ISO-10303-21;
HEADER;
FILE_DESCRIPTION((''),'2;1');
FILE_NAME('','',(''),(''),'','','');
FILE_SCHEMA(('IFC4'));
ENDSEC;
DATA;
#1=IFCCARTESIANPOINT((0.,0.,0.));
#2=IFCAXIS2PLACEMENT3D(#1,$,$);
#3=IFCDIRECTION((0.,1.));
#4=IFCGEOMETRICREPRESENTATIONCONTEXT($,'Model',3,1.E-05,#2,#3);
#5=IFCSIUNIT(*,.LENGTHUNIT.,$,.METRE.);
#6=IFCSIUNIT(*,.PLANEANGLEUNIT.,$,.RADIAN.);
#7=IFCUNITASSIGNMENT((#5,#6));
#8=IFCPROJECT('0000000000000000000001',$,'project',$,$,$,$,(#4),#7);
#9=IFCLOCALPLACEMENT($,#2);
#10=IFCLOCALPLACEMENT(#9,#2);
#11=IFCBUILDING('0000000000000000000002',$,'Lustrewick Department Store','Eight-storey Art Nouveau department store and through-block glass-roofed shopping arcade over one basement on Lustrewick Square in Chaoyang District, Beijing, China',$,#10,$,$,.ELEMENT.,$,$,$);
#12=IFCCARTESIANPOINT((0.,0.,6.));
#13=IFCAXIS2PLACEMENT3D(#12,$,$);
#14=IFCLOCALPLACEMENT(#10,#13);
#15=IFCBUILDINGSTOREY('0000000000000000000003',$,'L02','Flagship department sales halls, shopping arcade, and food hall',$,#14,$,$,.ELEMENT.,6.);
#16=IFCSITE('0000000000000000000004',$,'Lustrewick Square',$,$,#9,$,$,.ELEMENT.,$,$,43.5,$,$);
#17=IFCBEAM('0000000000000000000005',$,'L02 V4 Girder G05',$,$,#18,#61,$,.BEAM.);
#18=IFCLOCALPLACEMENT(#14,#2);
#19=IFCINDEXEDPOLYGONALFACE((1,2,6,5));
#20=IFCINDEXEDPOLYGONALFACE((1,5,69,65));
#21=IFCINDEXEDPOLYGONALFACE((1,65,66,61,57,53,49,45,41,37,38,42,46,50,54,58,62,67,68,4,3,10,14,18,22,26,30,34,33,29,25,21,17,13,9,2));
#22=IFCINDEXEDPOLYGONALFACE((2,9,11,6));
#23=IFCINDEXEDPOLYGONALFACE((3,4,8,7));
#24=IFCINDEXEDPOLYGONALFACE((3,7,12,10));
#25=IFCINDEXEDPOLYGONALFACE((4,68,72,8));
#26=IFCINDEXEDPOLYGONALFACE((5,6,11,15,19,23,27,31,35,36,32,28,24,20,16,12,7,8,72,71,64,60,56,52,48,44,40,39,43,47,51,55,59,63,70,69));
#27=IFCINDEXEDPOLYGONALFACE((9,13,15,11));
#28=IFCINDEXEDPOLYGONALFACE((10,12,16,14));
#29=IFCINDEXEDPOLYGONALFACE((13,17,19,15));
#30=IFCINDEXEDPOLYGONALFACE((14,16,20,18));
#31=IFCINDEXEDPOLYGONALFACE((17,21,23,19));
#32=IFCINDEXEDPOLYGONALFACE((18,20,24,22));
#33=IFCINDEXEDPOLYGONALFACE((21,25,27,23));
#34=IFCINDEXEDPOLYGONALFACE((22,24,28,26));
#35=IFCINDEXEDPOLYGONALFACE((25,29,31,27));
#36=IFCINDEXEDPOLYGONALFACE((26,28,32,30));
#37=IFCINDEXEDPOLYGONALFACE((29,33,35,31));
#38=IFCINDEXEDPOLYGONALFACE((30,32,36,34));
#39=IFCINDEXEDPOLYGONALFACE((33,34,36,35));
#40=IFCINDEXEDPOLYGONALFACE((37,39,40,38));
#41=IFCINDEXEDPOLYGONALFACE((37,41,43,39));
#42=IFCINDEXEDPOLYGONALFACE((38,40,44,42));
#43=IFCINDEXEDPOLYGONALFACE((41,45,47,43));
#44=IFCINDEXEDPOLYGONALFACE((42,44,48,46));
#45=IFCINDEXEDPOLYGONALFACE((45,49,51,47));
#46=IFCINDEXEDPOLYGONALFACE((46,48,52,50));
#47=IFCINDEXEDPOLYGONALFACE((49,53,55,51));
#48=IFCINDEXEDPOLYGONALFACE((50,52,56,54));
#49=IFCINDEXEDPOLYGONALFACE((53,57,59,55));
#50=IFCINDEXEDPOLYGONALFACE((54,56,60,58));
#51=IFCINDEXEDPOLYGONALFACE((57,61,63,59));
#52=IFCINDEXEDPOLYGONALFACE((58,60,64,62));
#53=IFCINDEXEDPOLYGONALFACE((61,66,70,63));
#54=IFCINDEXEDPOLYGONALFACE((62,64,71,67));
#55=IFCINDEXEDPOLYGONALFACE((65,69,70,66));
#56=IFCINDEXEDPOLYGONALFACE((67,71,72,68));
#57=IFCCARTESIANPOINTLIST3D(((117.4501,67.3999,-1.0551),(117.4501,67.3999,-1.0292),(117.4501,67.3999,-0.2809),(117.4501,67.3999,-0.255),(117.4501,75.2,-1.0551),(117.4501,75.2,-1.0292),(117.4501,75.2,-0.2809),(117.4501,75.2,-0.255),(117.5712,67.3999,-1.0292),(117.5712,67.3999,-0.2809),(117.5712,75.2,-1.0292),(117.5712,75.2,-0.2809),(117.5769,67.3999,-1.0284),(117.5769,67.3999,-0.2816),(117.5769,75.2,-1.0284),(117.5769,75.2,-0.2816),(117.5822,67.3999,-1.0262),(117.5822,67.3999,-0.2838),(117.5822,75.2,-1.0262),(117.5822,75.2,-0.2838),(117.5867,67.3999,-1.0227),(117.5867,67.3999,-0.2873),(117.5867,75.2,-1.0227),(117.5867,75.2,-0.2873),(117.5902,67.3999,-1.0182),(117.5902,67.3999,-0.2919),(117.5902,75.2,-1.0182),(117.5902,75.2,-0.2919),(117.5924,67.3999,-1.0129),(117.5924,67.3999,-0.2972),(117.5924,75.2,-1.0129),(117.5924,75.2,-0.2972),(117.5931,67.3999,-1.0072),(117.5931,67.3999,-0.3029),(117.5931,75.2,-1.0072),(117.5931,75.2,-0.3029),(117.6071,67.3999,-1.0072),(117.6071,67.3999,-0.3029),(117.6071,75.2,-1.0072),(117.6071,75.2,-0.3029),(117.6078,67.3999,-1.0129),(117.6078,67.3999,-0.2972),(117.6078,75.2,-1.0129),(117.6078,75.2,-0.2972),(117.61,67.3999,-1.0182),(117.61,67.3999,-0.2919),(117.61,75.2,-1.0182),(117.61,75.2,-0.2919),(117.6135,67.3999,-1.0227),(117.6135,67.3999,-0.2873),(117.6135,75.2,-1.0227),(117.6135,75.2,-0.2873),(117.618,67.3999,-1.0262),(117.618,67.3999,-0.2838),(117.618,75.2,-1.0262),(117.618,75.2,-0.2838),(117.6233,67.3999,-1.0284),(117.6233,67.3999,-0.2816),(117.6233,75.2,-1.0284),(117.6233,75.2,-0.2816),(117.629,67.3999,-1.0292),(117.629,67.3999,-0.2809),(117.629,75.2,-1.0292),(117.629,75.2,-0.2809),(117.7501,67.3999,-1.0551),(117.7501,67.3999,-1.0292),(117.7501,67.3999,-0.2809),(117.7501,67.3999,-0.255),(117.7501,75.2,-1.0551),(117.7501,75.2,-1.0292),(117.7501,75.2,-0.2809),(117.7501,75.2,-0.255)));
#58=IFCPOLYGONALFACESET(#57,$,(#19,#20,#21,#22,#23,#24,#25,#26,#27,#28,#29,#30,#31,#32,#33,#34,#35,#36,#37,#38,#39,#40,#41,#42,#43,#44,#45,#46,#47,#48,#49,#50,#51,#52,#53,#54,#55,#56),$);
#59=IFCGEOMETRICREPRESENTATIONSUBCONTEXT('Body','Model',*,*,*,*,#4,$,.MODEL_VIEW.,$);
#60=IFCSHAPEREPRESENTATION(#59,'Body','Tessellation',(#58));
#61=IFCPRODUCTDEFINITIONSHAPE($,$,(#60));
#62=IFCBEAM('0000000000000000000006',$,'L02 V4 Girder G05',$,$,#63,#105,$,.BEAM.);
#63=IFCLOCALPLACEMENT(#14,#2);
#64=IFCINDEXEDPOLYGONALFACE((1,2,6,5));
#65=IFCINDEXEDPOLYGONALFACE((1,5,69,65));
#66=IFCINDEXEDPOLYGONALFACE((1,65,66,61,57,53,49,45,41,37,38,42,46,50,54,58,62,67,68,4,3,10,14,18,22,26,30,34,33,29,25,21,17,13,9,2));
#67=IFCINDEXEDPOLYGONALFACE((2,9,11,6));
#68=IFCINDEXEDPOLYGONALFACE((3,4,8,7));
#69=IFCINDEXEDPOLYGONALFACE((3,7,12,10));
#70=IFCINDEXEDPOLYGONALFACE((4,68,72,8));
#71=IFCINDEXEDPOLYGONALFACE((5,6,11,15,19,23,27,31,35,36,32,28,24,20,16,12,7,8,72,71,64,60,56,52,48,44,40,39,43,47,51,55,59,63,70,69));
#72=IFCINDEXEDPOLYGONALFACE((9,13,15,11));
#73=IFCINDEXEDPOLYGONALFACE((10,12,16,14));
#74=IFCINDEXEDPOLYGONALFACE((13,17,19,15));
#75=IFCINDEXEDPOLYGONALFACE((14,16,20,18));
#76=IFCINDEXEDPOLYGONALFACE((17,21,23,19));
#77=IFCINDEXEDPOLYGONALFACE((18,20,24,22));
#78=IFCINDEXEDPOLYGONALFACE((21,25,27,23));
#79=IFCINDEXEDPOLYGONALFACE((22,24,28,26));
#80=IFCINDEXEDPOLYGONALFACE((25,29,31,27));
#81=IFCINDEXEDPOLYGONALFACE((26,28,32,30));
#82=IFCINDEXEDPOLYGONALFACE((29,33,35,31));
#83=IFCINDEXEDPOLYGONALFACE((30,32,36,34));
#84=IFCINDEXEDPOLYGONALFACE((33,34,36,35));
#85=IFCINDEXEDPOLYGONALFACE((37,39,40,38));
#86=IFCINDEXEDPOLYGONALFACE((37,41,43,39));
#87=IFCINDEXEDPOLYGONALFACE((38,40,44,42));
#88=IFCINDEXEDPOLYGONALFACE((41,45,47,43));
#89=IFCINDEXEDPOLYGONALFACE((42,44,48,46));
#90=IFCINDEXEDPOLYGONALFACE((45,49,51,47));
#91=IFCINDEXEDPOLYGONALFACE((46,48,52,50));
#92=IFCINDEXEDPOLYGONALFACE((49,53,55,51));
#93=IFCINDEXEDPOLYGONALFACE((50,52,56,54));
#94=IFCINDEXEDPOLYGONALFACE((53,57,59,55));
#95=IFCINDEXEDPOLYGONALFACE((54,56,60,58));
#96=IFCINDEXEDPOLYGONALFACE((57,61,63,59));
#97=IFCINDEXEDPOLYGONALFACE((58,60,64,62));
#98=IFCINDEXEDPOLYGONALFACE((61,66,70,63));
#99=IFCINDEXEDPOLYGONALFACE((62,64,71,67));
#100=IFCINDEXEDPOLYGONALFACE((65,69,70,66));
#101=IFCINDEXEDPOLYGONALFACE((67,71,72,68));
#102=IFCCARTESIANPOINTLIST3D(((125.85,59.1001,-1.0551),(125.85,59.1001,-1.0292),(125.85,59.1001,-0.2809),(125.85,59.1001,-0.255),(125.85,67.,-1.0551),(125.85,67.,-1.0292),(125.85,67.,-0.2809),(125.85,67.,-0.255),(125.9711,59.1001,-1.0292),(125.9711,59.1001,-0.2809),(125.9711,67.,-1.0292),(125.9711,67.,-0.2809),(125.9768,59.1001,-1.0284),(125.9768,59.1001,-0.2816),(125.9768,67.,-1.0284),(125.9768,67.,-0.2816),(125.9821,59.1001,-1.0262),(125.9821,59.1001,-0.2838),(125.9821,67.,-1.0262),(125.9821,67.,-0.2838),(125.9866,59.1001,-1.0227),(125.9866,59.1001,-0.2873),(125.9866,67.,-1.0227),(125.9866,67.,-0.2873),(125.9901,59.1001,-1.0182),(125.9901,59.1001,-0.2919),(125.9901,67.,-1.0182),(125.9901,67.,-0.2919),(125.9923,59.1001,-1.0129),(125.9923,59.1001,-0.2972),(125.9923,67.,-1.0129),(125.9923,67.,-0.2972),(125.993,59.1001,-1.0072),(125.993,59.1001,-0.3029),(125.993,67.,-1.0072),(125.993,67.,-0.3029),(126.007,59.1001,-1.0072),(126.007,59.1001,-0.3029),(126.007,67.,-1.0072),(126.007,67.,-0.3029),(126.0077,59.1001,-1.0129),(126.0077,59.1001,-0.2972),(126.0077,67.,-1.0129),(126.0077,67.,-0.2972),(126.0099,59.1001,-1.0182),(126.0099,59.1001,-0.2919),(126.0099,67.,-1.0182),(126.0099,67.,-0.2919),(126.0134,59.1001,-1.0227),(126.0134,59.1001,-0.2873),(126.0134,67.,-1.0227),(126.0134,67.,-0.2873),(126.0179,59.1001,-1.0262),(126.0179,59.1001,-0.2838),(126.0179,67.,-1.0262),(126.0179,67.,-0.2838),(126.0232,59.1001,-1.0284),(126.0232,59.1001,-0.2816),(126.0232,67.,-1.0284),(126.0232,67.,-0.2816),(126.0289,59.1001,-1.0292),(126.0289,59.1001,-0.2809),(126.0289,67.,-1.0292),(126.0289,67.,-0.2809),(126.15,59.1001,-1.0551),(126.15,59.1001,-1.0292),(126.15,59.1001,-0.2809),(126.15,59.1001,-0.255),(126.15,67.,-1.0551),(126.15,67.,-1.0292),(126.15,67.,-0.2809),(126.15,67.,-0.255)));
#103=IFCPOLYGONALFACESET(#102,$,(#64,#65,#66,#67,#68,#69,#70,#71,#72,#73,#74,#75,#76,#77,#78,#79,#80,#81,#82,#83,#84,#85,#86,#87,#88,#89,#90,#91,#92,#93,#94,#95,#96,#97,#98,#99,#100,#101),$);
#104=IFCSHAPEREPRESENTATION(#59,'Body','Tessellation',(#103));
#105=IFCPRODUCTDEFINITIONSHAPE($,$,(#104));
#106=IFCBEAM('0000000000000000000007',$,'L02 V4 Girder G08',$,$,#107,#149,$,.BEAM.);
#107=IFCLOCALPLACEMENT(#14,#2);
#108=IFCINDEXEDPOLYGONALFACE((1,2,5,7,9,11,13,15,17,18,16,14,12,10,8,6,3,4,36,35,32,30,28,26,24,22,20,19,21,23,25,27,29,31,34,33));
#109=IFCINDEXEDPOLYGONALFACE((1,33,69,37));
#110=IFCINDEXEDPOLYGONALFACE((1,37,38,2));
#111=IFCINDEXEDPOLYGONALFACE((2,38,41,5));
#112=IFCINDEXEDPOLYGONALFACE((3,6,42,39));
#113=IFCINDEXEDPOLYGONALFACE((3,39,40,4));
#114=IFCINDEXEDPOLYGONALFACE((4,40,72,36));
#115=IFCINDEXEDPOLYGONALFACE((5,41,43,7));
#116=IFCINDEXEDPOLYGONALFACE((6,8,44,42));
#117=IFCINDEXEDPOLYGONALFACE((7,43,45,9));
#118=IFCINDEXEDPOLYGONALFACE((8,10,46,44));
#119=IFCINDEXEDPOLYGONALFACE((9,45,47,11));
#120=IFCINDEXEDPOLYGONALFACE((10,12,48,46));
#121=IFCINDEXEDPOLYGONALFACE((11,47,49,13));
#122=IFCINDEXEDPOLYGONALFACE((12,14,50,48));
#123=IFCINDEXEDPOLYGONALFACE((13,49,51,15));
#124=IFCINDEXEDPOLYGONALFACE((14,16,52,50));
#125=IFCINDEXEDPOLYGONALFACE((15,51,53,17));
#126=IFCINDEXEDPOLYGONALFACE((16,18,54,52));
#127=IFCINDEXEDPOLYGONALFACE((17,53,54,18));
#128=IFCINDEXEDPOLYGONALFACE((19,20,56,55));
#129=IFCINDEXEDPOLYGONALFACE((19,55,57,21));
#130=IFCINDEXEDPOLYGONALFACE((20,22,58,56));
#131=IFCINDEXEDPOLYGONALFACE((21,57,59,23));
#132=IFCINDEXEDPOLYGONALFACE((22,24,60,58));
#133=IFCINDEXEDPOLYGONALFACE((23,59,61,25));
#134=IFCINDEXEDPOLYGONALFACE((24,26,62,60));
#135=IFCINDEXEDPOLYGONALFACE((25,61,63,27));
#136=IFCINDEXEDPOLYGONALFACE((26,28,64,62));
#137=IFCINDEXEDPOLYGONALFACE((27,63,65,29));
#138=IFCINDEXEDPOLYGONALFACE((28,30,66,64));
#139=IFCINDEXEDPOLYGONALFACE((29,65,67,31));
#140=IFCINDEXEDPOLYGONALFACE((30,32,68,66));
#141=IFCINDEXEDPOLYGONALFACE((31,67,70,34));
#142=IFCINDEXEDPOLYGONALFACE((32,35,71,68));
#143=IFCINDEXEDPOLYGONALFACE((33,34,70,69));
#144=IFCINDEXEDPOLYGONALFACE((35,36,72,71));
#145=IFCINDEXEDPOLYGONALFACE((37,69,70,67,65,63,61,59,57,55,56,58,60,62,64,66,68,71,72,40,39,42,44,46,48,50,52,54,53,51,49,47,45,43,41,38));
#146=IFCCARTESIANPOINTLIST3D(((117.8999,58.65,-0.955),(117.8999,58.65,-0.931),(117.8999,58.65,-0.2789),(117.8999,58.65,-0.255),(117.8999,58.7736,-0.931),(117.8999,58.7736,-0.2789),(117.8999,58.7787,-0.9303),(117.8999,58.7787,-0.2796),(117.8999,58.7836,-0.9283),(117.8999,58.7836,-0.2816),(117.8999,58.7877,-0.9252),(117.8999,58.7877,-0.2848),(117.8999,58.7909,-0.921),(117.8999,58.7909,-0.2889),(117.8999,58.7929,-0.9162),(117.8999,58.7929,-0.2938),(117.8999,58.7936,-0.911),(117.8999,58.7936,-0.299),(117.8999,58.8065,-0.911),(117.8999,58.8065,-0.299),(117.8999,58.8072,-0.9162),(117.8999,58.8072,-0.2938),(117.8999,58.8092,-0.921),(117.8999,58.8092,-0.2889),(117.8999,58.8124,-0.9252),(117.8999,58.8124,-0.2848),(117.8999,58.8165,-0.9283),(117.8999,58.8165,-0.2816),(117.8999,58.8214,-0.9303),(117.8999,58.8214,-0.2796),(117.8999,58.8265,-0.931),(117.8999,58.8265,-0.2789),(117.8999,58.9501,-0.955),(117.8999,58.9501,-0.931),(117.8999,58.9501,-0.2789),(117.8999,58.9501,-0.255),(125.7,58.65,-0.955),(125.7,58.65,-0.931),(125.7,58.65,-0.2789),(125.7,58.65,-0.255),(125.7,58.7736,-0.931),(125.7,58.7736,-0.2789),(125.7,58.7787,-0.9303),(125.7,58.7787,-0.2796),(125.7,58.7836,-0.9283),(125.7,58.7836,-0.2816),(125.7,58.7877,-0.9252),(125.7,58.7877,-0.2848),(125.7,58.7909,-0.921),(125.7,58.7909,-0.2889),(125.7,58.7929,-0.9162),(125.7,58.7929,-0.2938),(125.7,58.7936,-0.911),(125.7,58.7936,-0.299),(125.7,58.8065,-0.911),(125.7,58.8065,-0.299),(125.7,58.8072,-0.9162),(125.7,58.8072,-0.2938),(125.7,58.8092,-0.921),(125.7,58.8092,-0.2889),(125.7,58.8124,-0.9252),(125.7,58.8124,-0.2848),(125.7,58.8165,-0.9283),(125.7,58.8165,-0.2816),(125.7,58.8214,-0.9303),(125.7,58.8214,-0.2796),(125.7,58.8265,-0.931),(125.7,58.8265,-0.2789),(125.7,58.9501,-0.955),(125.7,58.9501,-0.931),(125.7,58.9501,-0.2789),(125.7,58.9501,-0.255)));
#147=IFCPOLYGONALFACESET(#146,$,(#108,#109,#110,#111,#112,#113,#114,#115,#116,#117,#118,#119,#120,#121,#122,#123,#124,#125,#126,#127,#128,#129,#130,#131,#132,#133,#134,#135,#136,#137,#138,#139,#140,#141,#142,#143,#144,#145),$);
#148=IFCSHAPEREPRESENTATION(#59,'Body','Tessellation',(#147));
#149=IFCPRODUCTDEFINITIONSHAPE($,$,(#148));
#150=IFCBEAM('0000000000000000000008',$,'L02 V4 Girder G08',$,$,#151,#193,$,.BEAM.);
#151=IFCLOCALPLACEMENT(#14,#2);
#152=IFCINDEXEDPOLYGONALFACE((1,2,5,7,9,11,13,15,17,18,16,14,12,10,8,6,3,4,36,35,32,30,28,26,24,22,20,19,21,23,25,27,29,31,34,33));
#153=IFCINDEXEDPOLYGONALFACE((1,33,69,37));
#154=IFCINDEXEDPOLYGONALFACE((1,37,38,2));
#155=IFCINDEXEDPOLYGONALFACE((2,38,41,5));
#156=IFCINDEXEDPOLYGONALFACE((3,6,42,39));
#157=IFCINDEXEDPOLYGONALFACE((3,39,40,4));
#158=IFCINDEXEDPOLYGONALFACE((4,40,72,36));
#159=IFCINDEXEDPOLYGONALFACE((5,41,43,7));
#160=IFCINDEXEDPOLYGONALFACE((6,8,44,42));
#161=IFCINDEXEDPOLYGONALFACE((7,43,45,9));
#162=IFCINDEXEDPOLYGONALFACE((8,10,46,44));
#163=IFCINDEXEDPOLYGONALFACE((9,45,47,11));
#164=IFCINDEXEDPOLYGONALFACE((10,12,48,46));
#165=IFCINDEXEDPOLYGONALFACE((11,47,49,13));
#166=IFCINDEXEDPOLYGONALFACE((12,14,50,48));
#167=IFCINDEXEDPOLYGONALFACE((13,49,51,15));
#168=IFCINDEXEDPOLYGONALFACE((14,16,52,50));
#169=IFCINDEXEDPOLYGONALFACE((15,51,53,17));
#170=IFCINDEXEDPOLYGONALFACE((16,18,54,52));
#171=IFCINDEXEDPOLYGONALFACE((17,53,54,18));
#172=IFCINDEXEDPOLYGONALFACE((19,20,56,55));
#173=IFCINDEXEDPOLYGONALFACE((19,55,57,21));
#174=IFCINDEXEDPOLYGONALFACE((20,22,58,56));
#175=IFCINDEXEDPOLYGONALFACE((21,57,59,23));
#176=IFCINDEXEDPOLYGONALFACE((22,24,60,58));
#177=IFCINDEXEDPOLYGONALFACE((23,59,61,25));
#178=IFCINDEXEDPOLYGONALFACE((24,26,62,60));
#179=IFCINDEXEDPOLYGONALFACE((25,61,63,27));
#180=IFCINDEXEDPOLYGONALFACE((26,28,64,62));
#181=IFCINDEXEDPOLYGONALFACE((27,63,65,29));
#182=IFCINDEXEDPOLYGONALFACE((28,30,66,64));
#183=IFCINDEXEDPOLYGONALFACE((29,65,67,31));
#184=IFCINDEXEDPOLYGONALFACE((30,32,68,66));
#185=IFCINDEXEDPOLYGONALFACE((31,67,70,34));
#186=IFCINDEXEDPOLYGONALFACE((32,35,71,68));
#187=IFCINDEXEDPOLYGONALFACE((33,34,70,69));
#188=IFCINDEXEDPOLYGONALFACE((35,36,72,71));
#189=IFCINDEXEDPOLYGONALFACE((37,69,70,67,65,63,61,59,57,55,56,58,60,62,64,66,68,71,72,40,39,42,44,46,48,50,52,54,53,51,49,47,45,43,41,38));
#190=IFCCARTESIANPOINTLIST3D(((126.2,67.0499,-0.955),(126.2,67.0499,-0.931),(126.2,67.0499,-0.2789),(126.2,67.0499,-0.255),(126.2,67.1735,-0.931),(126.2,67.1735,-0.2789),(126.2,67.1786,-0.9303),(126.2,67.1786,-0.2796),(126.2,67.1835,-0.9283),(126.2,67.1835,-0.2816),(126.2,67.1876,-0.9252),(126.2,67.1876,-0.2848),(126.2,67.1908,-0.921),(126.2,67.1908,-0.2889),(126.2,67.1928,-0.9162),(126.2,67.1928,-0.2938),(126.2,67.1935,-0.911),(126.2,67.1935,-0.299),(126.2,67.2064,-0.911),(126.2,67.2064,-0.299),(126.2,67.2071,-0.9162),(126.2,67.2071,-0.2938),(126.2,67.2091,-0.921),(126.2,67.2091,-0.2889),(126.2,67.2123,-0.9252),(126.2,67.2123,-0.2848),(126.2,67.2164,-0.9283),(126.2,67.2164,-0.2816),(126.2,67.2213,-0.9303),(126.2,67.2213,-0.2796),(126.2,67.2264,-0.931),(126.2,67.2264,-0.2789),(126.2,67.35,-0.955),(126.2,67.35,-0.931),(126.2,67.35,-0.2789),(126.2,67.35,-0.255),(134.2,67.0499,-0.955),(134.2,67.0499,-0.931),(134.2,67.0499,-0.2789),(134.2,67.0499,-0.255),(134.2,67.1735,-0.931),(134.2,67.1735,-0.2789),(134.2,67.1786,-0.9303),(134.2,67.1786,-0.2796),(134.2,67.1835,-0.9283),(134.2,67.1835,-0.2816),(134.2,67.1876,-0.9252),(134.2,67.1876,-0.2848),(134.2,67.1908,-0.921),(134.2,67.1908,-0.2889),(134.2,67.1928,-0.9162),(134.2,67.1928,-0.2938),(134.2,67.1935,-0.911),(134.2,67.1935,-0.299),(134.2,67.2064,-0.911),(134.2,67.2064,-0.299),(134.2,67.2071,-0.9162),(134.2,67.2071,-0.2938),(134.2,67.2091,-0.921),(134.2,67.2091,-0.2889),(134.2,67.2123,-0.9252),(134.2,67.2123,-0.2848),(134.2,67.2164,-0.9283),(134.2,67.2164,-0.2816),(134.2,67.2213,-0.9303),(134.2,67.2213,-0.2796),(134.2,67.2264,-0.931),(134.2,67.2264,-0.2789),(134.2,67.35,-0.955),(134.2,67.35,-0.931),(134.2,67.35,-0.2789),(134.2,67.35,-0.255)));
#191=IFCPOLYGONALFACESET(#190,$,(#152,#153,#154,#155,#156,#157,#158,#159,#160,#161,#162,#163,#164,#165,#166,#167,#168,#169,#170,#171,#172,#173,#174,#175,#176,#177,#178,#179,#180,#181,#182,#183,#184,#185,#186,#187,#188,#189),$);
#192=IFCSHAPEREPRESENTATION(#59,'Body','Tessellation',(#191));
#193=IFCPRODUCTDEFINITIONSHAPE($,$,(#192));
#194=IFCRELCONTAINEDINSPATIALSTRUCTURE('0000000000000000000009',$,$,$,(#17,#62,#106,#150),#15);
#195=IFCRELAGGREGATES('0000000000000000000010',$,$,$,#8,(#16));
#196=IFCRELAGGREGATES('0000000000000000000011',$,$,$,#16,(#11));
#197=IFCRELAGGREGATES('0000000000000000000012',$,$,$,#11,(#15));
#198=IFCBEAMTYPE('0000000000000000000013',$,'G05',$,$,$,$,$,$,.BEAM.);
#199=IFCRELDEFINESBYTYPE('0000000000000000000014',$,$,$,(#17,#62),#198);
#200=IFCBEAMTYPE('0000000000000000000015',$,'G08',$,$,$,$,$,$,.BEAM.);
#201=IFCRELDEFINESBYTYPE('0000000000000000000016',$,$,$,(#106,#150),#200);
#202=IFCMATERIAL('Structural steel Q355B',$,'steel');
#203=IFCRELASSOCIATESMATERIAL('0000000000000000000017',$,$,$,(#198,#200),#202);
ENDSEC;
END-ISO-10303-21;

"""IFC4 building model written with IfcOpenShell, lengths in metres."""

from ifc_helpers import new_model, si_unit, direction, frame, origin, origin_2d, place, context, subcontext, project, spatial, i_section, extrude, material, material_profile, profile_set, type_object, element, save


model = new_model("IFC4")

# Units and contexts
model_context = context("Model", 3, precision=1e-05, world=origin(), true_north=direction((0.0, 1.0)))
body_context = subcontext(model_context, "Body", "Model", "MODEL_VIEW")
ifc_project = project(units=[si_unit("LENGTHUNIT", "METRE"), si_unit("PLANEANGLEUNIT", "RADIAN")], contexts=[model_context])

# Site, building, storey
site_placement = place(None, origin())
site = spatial("IfcSite", under=ifc_project, at=site_placement, Name="Lustrewick Square", CompositionType="ELEMENT", RefElevation=43.5)
building_placement = place(site_placement, origin())
building = spatial("IfcBuilding", under=site, at=building_placement, Name="Lustrewick Department Store", Description="Eight-storey Art Nouveau department store and through-block glass-roofed shopping arcade over one basement on Lustrewick Square in Chaoyang District, Beijing, China", CompositionType="ELEMENT")
storey_placement = place(building_placement, frame((0.0, 0.0, 6.0)))
storey = spatial("IfcBuildingStorey", under=building, at=storey_placement, Name="L02", Description="Flagship department sales halls, shopping arcade, and food hall", CompositionType="ELEMENT", Elevation=6.0)

# Shared definitions
ifc_material_1 = material(Name="Structural steel Q355B", Category="steel")

# Beams
ifc_material_profile_1 = material_profile(ifc_material_1, i_section(OverallWidth=0.3, OverallDepth=0.8, WebThickness=0.0139, FlangeThickness=0.0259, FilletRadius=0.022, at=origin_2d()), Name="HN 800x300x14x26")
ifc_profile_set_1 = profile_set([ifc_material_profile_1], Name="Structural steel Q355B")
beam_type_1 = type_object("IfcBeamType", Name="G05", PredefinedType="BEAM", material=ifc_profile_set_1)
beam_1_placement = place(storey_placement, frame((117.6001, 67.3999, -0.655), z_axis=(0.0, 1.0, 0.0), x_axis=(-1.0, 0.0, 0.0)))
element("IfcBeam", 1, at=beam_1_placement, inside=storey, type_object=beam_type_1, Name="L02 V4 Girder G05", PredefinedType="BEAM", context=body_context, shape_type="SweptSolid", body=[
    extrude(i_section(OverallWidth=0.3, OverallDepth=0.8, WebThickness=0.0139, FlangeThickness=0.0259, FilletRadius=0.022, at=origin_2d()), origin(), (0.0, 0.0, 1.0), 7.8),
])
beam_2_placement = place(storey_placement, frame((126.0, 59.1001, -0.655), z_axis=(0.0, 1.0, 0.0), x_axis=(-1.0, 0.0, 0.0)))
element("IfcBeam", 2, at=beam_2_placement, inside=storey, type_object=beam_type_1, Name="L02 V4 Girder G05", PredefinedType="BEAM", context=body_context, shape_type="SweptSolid", body=[
    extrude(i_section(OverallWidth=0.3, OverallDepth=0.8, WebThickness=0.0139, FlangeThickness=0.0259, FilletRadius=0.022, at=origin_2d()), origin(), (0.0, 0.0, 1.0), 7.8999),
])
ifc_material_profile_2 = material_profile(ifc_material_1, i_section(OverallWidth=0.3, OverallDepth=0.7, WebThickness=0.0129, FlangeThickness=0.0239, FilletRadius=0.02, at=origin_2d()), Name="HN 700x300x13x24")
ifc_profile_set_2 = profile_set([ifc_material_profile_2], Name="Structural steel Q355B")
beam_type_2 = type_object("IfcBeamType", Name="G08", PredefinedType="BEAM", material=ifc_profile_set_2)
beam_3_placement = place(storey_placement, frame((117.8999, 58.8, -0.605), z_axis=(1.0, 0.0, 0.0), x_axis=(0.0, 1.0, 0.0)))
element("IfcBeam", 3, at=beam_3_placement, inside=storey, type_object=beam_type_2, Name="L02 V4 Girder G08", PredefinedType="BEAM", context=body_context, shape_type="SweptSolid", body=[
    extrude(i_section(OverallWidth=0.3, OverallDepth=0.7, WebThickness=0.0129, FlangeThickness=0.0239, FilletRadius=0.02, at=origin_2d()), origin(), (0.0, 0.0, 1.0), 7.8),
])
beam_4_placement = place(storey_placement, frame((126.2, 67.2, -0.605), z_axis=(1.0, 0.0, 0.0), x_axis=(0.0, 1.0, 0.0)))
element("IfcBeam", 4, at=beam_4_placement, inside=storey, type_object=beam_type_2, Name="L02 V4 Girder G08", PredefinedType="BEAM", context=body_context, shape_type="SweptSolid", body=[
    extrude(i_section(OverallWidth=0.3, OverallDepth=0.7, WebThickness=0.0129, FlangeThickness=0.0239, FilletRadius=0.02, at=origin_2d()), origin(), (0.0, 0.0, 1.0), 8.0),
])

save(model, "model.ifc")
